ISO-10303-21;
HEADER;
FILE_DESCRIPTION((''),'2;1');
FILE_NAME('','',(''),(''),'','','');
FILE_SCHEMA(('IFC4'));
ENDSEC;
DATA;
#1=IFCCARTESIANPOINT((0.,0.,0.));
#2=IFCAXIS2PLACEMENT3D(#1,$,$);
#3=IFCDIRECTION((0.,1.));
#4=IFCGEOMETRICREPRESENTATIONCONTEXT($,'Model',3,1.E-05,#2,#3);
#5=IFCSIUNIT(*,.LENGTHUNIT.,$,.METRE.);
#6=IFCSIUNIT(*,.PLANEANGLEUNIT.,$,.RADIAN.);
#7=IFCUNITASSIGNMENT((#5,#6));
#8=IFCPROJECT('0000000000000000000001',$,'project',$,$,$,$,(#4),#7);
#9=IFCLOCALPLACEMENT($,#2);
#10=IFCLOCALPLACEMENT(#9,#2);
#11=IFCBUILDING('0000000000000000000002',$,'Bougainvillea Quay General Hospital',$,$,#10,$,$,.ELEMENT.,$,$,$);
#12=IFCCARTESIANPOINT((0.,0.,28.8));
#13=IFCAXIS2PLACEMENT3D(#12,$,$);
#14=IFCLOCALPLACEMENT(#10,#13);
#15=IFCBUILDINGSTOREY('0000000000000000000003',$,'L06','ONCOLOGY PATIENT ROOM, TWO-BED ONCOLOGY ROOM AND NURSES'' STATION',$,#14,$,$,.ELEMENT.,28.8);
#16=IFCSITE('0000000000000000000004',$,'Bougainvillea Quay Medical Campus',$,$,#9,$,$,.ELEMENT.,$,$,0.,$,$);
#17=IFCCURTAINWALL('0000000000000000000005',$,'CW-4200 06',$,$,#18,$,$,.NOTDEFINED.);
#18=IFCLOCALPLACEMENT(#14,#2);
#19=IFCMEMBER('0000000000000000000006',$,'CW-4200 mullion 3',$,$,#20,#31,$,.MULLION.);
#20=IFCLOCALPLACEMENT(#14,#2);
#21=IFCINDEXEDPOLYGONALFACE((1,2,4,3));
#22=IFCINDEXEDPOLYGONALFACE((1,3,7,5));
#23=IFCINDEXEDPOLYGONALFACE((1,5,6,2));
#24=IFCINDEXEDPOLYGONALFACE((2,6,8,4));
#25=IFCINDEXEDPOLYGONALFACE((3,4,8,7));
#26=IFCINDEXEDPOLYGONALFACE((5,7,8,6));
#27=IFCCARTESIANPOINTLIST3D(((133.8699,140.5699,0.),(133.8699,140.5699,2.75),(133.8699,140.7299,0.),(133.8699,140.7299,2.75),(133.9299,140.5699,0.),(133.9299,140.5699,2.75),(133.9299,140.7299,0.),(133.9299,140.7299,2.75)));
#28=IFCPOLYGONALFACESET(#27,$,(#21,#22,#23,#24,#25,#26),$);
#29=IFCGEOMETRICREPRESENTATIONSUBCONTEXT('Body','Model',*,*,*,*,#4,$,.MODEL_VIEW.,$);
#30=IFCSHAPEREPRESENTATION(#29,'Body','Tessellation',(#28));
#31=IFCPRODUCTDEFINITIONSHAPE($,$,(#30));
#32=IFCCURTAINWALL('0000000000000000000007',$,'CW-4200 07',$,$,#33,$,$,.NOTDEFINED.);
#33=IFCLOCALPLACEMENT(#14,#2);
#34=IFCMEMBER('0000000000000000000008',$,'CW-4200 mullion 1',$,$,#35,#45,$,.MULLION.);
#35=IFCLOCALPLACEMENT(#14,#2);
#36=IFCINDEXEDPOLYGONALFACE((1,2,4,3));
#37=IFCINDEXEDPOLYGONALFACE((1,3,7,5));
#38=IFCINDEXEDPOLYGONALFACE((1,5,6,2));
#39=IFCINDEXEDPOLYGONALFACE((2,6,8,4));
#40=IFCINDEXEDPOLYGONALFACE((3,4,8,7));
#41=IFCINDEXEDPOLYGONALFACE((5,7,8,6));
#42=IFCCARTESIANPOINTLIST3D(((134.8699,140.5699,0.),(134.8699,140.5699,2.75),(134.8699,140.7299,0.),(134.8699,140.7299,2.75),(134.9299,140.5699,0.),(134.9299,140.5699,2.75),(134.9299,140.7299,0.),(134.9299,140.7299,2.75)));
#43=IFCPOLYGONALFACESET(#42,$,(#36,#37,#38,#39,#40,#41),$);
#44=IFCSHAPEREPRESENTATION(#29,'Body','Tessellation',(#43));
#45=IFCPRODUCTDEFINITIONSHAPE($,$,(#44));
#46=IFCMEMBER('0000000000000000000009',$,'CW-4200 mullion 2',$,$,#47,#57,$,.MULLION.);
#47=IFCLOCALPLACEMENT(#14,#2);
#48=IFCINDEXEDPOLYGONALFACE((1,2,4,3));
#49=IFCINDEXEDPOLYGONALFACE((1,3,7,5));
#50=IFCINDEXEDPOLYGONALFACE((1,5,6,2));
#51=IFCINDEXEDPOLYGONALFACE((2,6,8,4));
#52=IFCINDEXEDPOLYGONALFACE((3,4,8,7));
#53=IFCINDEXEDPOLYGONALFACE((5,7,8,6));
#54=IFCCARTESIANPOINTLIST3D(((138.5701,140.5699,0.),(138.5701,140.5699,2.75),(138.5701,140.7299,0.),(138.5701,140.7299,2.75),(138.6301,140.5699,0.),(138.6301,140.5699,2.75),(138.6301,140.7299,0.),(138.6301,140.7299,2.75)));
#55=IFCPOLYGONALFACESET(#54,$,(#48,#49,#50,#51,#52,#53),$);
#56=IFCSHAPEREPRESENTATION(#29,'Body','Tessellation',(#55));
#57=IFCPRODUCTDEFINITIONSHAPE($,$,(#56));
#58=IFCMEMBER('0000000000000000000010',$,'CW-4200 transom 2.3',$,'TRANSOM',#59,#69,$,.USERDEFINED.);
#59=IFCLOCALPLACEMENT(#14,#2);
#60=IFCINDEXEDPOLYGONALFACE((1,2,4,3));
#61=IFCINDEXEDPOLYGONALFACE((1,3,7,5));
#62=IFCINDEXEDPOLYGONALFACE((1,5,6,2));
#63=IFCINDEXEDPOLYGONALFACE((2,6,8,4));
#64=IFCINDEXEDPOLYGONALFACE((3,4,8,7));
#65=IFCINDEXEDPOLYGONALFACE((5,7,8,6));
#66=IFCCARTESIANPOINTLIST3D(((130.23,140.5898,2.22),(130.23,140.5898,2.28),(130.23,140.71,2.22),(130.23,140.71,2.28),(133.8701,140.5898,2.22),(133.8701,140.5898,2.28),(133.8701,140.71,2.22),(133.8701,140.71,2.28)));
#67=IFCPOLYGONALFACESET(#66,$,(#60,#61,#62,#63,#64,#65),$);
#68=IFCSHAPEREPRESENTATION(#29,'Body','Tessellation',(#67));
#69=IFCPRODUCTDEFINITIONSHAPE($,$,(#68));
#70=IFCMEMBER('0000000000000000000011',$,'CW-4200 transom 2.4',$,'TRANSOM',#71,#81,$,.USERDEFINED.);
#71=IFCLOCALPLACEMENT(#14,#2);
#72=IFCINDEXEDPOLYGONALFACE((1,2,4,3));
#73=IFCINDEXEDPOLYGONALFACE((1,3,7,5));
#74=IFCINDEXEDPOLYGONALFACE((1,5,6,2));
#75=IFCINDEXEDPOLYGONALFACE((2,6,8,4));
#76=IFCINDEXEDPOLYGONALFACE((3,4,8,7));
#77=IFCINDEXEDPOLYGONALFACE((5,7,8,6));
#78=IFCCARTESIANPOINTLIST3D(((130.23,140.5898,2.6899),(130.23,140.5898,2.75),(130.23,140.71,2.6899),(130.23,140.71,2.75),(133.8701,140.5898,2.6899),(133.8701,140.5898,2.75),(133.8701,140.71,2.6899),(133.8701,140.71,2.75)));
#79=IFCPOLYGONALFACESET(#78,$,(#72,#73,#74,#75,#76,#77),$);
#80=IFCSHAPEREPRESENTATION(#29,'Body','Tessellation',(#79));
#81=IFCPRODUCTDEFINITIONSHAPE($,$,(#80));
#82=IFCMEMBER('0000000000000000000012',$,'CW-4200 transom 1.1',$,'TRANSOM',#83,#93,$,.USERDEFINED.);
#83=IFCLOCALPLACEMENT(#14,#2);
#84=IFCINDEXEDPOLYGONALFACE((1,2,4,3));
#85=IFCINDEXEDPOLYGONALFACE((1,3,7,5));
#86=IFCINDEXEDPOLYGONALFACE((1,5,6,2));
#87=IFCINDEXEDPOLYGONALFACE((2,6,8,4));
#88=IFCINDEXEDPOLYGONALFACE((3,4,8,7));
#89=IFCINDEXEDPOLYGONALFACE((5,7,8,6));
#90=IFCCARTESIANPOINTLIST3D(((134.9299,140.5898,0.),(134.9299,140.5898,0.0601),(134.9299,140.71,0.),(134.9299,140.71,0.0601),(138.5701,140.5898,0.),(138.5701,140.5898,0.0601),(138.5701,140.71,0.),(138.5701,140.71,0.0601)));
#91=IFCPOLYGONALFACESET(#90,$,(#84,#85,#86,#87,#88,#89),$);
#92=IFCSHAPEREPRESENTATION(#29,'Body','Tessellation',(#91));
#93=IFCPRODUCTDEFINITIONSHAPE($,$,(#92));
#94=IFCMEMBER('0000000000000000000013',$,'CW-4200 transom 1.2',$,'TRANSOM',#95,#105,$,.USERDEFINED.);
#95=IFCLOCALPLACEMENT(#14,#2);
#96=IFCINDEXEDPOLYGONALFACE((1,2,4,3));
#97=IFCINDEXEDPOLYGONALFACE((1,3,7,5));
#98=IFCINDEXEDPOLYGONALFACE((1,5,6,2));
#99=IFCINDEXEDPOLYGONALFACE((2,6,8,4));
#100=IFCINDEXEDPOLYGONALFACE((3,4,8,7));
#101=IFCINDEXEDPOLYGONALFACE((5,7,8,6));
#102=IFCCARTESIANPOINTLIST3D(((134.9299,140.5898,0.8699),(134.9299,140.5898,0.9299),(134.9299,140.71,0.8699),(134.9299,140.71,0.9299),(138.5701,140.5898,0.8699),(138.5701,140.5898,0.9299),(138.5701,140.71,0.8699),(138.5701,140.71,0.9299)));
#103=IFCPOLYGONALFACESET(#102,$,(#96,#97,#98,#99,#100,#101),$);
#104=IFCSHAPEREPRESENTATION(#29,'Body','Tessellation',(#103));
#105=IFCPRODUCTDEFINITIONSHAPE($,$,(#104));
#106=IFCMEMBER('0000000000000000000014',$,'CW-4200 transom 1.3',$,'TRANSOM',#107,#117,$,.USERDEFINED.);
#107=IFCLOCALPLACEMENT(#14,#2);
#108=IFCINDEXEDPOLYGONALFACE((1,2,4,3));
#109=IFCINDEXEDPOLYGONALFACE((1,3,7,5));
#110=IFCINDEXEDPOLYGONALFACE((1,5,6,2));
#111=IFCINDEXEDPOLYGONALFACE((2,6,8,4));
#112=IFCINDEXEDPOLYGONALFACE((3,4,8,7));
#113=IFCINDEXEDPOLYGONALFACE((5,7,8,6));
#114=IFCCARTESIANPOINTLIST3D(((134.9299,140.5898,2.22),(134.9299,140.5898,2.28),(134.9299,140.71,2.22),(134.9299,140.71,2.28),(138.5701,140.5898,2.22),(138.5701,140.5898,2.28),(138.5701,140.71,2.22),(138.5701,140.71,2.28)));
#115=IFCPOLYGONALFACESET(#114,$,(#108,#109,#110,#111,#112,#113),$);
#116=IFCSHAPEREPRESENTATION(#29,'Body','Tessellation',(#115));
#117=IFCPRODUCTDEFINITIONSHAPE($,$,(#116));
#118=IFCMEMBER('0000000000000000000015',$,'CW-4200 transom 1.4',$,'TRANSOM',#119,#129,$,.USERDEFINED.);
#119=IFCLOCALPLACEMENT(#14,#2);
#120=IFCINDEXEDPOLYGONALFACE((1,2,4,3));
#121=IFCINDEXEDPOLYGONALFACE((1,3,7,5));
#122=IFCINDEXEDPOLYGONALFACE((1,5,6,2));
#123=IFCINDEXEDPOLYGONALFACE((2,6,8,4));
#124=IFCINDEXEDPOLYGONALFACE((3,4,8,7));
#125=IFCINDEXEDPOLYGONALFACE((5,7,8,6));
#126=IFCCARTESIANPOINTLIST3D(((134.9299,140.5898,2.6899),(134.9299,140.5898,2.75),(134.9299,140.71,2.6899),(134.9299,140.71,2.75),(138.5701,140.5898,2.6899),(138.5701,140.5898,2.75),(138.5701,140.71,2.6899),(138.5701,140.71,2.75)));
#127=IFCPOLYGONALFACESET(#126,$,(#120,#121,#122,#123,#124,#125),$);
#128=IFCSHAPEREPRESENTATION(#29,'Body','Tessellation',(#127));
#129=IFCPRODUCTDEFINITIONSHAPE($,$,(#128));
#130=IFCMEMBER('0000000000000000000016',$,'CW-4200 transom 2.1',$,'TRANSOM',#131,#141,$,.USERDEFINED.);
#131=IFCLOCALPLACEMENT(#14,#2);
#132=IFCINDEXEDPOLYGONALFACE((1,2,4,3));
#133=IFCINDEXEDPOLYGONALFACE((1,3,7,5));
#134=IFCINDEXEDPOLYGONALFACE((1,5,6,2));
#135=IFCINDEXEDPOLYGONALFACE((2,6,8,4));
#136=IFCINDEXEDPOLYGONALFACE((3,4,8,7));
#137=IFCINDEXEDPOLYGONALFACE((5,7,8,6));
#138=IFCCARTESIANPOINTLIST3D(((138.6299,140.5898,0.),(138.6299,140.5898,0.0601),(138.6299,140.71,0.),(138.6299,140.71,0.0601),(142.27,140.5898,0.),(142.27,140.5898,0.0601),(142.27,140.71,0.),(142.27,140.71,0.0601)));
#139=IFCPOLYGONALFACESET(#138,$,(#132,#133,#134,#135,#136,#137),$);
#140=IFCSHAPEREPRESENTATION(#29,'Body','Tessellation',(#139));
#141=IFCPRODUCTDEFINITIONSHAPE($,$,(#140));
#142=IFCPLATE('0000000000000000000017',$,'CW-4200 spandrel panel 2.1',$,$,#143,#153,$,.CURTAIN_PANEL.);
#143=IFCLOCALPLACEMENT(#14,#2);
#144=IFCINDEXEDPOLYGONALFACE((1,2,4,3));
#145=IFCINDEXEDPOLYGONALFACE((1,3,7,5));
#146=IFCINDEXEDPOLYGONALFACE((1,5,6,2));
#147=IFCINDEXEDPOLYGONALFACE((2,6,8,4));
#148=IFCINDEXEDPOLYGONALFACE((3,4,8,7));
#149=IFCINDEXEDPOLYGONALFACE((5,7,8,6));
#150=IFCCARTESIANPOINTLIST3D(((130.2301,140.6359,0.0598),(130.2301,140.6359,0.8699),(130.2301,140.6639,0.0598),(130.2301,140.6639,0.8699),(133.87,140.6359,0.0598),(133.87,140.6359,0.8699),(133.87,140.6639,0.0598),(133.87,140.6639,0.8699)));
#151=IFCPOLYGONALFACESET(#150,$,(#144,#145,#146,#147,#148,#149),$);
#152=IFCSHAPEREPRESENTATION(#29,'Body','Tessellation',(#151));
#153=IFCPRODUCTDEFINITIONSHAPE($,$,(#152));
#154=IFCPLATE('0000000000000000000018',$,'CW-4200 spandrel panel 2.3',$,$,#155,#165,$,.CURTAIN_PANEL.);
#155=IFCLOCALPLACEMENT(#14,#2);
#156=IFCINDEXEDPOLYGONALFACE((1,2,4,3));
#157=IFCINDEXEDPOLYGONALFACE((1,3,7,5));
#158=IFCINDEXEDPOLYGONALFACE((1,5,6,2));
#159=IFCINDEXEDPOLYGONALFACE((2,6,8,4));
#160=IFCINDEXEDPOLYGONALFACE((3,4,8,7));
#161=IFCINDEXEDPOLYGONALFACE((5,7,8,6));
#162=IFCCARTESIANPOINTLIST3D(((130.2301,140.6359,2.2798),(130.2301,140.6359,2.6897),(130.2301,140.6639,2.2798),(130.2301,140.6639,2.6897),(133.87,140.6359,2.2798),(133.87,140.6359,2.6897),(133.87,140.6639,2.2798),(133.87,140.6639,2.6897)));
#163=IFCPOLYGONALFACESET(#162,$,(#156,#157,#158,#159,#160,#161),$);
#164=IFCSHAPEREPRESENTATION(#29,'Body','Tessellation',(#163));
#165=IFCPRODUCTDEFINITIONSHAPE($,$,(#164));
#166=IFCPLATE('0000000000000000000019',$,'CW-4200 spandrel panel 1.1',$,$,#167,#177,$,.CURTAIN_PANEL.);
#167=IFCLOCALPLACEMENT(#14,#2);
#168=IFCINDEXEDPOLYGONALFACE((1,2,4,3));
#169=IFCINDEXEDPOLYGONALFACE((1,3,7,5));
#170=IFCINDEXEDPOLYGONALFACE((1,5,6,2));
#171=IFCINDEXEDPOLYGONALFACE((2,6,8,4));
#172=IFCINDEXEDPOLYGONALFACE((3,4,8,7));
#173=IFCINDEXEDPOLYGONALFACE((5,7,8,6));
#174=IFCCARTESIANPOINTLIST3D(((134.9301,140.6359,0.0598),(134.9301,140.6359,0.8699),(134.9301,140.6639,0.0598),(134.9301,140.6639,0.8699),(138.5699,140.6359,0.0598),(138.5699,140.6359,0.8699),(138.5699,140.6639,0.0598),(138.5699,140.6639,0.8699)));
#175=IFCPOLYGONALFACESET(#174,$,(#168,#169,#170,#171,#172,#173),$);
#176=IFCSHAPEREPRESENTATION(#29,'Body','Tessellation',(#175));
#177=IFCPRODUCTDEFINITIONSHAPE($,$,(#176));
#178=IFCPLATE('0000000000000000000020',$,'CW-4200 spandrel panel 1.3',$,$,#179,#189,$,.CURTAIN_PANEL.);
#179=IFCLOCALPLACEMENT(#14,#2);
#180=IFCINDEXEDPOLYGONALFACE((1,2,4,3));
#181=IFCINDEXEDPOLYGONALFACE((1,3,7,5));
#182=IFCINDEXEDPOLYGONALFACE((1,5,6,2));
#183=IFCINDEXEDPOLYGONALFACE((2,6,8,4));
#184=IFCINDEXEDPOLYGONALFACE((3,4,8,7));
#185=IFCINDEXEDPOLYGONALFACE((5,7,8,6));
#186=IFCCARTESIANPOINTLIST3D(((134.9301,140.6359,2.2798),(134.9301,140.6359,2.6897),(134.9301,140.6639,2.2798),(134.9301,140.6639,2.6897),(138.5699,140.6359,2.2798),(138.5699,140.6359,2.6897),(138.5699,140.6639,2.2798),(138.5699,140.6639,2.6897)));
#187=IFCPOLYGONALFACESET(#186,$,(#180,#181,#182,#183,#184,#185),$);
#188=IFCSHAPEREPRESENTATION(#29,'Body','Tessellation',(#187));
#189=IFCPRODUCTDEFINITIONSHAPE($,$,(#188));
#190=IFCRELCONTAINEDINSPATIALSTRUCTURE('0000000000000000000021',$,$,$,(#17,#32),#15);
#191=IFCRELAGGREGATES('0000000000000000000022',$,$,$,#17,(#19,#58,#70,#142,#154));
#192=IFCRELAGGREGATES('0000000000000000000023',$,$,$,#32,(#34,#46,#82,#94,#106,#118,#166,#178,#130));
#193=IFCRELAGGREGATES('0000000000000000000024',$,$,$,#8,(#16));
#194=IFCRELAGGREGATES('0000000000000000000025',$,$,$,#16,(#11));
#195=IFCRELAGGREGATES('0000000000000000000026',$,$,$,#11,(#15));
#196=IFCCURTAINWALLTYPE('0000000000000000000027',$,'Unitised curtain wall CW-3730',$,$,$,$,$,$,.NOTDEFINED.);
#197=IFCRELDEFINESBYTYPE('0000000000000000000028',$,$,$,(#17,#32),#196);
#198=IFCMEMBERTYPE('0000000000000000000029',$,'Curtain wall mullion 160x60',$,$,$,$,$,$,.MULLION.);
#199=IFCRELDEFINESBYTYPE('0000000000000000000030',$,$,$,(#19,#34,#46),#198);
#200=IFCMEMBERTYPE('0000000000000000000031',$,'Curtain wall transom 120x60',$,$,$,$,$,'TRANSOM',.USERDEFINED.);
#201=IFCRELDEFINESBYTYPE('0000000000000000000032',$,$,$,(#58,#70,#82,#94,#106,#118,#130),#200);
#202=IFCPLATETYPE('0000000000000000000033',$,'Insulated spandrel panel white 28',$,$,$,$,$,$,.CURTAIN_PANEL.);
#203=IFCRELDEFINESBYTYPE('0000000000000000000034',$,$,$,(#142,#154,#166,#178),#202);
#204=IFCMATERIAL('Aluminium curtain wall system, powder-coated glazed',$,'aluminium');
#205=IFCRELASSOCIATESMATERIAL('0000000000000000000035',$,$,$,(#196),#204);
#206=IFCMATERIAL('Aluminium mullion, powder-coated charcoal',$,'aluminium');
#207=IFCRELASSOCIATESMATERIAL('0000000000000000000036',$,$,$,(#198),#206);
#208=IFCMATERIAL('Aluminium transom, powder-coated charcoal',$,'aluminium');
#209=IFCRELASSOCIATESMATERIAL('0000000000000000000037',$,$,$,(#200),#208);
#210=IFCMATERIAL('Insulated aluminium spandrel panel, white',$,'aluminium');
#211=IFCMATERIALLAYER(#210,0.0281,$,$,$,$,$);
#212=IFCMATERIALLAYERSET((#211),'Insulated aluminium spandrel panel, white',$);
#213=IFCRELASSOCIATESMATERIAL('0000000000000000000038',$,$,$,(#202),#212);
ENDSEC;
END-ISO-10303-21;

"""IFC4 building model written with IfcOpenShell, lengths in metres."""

from ifc_helpers import new_model, si_unit, direction, frame, origin, origin_2d, place, context, subcontext, project, spatial, rectangle, extrude, material, layer, layer_set, material_profile, profile_set, type_object, element, aggregate, save


model = new_model("IFC4")

# Units and contexts
model_context = context("Model", 3, precision=1e-05, world=origin(), true_north=direction((0.0, 1.0)))
body_context = subcontext(model_context, "Body", "Model", "MODEL_VIEW")
ifc_project = project(units=[si_unit("LENGTHUNIT", "METRE"), si_unit("PLANEANGLEUNIT", "RADIAN")], contexts=[model_context])

# Site, building, storey
site_placement = place(None, origin())
site = spatial("IfcSite", under=ifc_project, at=site_placement, Name="Bougainvillea Quay Medical Campus", CompositionType="ELEMENT", RefElevation=0.0)
building_placement = place(site_placement, origin())
building = spatial("IfcBuilding", under=site, at=building_placement, Name="Bougainvillea Quay General Hospital", CompositionType="ELEMENT")
storey_placement = place(building_placement, frame((0.0, 0.0, 28.8)))
storey = spatial("IfcBuildingStorey", under=building, at=storey_placement, Name="L06", Description="ONCOLOGY PATIENT ROOM, TWO-BED ONCOLOGY ROOM AND NURSES' STATION", CompositionType="ELEMENT", Elevation=28.8)

# Curtain wall, member
ifc_material_1 = material(Name="Aluminium curtain wall system, powder-coated glazed", Category="aluminium")
curtain_wall_type = type_object("IfcCurtainWallType", Name="Unitised curtain wall CW-3730", PredefinedType="NOTDEFINED", material=ifc_material_1)
curtain_wall_1_placement = place(storey_placement, origin())
curtain_wall_1 = element("IfcCurtainWall", 1, at=curtain_wall_1_placement, inside=storey, type_object=curtain_wall_type, Name="CW-4200 06", PredefinedType="NOTDEFINED")
ifc_material_2 = material(Name="Aluminium mullion, powder-coated charcoal", Category="aluminium")
ifc_material_profile_1 = material_profile(ifc_material_2, rectangle(XDim=0.1599, YDim=0.0601, at=origin_2d()))
ifc_profile_set_1 = profile_set([ifc_material_profile_1], Name="Aluminium mullion, powder-coated charcoal")
member_type_1 = type_object("IfcMemberType", Name="Curtain wall mullion 160x60", PredefinedType="MULLION", material=ifc_profile_set_1)
member_1_placement = place(storey_placement, frame((133.8999, 140.6499, 0.0), z_axis=(0.0, 0.0, 1.0), x_axis=(0.0, 1.0, 0.0)))
member_1 = element("IfcMember", 2, at=member_1_placement, type_object=member_type_1, Name="CW-4200 mullion 3", PredefinedType="MULLION", context=body_context, shape_type="SweptSolid", body=[
    extrude(rectangle(XDim=0.1599, YDim=0.0601, at=origin_2d()), origin(), (0.0, 0.0, 1.0), 2.75),
])

# Curtain wall, members
curtain_wall_2_placement = place(storey_placement, origin())
curtain_wall_2 = element("IfcCurtainWall", 3, at=curtain_wall_2_placement, inside=storey, type_object=curtain_wall_type, Name="CW-4200 07", PredefinedType="NOTDEFINED")
member_2_placement = place(storey_placement, frame((134.8999, 140.6499, 0.0), z_axis=(0.0, 0.0, 1.0), x_axis=(0.0, 1.0, 0.0)))
member_2 = element("IfcMember", 4, at=member_2_placement, type_object=member_type_1, Name="CW-4200 mullion 1", PredefinedType="MULLION", context=body_context, shape_type="SweptSolid", body=[
    extrude(rectangle(XDim=0.1599, YDim=0.0601, at=origin_2d()), origin(), (0.0, 0.0, 1.0), 2.75),
])
member_3_placement = place(storey_placement, frame((138.6001, 140.6499, 0.0), z_axis=(0.0, 0.0, 1.0), x_axis=(0.0, 1.0, 0.0)))
member_3 = element("IfcMember", 5, at=member_3_placement, type_object=member_type_1, Name="CW-4200 mullion 2", PredefinedType="MULLION", context=body_context, shape_type="SweptSolid", body=[
    extrude(rectangle(XDim=0.1599, YDim=0.0601, at=origin_2d()), origin(), (0.0, 0.0, 1.0), 2.75),
])

# Members
ifc_material_3 = material(Name="Aluminium transom, powder-coated charcoal", Category="aluminium")
ifc_material_profile_2 = material_profile(ifc_material_3, rectangle(XDim=0.1201, YDim=0.0601, at=origin_2d()))
ifc_profile_set_2 = profile_set([ifc_material_profile_2], Name="Aluminium transom, powder-coated charcoal")
member_type_2 = type_object("IfcMemberType", Name="Curtain wall transom 120x60", ElementType="TRANSOM", PredefinedType="USERDEFINED", material=ifc_profile_set_2)
member_4_placement = place(storey_placement, frame((130.23, 140.6499, 2.25), z_axis=(1.0, 0.0, 0.0), x_axis=(0.0, 1.0, 0.0)))
member_4 = element("IfcMember", 6, at=member_4_placement, type_object=member_type_2, Name="CW-4200 transom 2.3", ObjectType="TRANSOM", PredefinedType="USERDEFINED", context=body_context, shape_type="SweptSolid", body=[
    extrude(rectangle(XDim=0.1201, YDim=0.0601, at=origin_2d()), origin(), (0.0, 0.0, 1.0), 3.6401),
])
member_5_placement = place(storey_placement, frame((130.23, 140.6499, 2.72), z_axis=(1.0, 0.0, 0.0), x_axis=(0.0, 1.0, 0.0)))
member_5 = element("IfcMember", 7, at=member_5_placement, type_object=member_type_2, Name="CW-4200 transom 2.4", ObjectType="TRANSOM", PredefinedType="USERDEFINED", context=body_context, shape_type="SweptSolid", body=[
    extrude(rectangle(XDim=0.1201, YDim=0.0601, at=origin_2d()), origin(), (0.0, 0.0, 1.0), 3.6401),
])
member_6_placement = place(storey_placement, frame((134.9299, 140.6499, 0.03), z_axis=(1.0, 0.0, 0.0), x_axis=(0.0, 1.0, 0.0)))
member_6 = element("IfcMember", 8, at=member_6_placement, type_object=member_type_2, Name="CW-4200 transom 1.1", ObjectType="TRANSOM", PredefinedType="USERDEFINED", context=body_context, shape_type="SweptSolid", body=[
    extrude(rectangle(XDim=0.1201, YDim=0.0601, at=origin_2d()), origin(), (0.0, 0.0, 1.0), 3.6401),
])
member_7_placement = place(storey_placement, frame((134.9299, 140.6499, 0.8999), z_axis=(1.0, 0.0, 0.0), x_axis=(0.0, 1.0, 0.0)))
member_7 = element("IfcMember", 9, at=member_7_placement, type_object=member_type_2, Name="CW-4200 transom 1.2", ObjectType="TRANSOM", PredefinedType="USERDEFINED", context=body_context, shape_type="SweptSolid", body=[
    extrude(rectangle(XDim=0.1201, YDim=0.0601, at=origin_2d()), origin(), (0.0, 0.0, 1.0), 3.6401),
])
member_8_placement = place(storey_placement, frame((134.9299, 140.6499, 2.25), z_axis=(1.0, 0.0, 0.0), x_axis=(0.0, 1.0, 0.0)))
member_8 = element("IfcMember", 10, at=member_8_placement, type_object=member_type_2, Name="CW-4200 transom 1.3", ObjectType="TRANSOM", PredefinedType="USERDEFINED", context=body_context, shape_type="SweptSolid", body=[
    extrude(rectangle(XDim=0.1201, YDim=0.0601, at=origin_2d()), origin(), (0.0, 0.0, 1.0), 3.6401),
])
member_9_placement = place(storey_placement, frame((134.9299, 140.6499, 2.72), z_axis=(1.0, 0.0, 0.0), x_axis=(0.0, 1.0, 0.0)))
member_9 = element("IfcMember", 11, at=member_9_placement, type_object=member_type_2, Name="CW-4200 transom 1.4", ObjectType="TRANSOM", PredefinedType="USERDEFINED", context=body_context, shape_type="SweptSolid", body=[
    extrude(rectangle(XDim=0.1201, YDim=0.0601, at=origin_2d()), origin(), (0.0, 0.0, 1.0), 3.6401),
])
member_10_placement = place(storey_placement, frame((138.6299, 140.6499, 0.03), z_axis=(1.0, 0.0, 0.0), x_axis=(0.0, 1.0, 0.0)))
member_10 = element("IfcMember", 12, at=member_10_placement, type_object=member_type_2, Name="CW-4200 transom 2.1", ObjectType="TRANSOM", PredefinedType="USERDEFINED", context=body_context, shape_type="SweptSolid", body=[
    extrude(rectangle(XDim=0.1201, YDim=0.0601, at=origin_2d()), origin(), (0.0, 0.0, 1.0), 3.6401),
])

# Plates
ifc_material_4 = material(Name="Insulated aluminium spandrel panel, white", Category="aluminium")
ifc_layer_1 = layer(ifc_material_4, 0.0281)
ifc_layer_set_1 = layer_set([ifc_layer_1], Name="Insulated aluminium spandrel panel, white")
plate_type_1 = type_object("IfcPlateType", Name="Insulated spandrel panel white 28", PredefinedType="CURTAIN_PANEL", material=ifc_layer_set_1)
plate_1_placement = place(storey_placement, frame((132.05, 140.6499, 0.0598), z_axis=(0.0, 0.0, 1.0), x_axis=(1.0, 0.0, 0.0)))
plate_1 = element("IfcPlate", 13, at=plate_1_placement, type_object=plate_type_1, Name="CW-4200 spandrel panel 2.1", PredefinedType="CURTAIN_PANEL", context=body_context, shape_type="SweptSolid", body=[
    extrude(rectangle(XDim=3.6399, YDim=0.0281, at=origin_2d()), origin(), (0.0, 0.0, 1.0), 0.8101),
])
plate_2_placement = place(storey_placement, frame((132.05, 140.6499, 2.2798), z_axis=(0.0, 0.0, 1.0), x_axis=(1.0, 0.0, 0.0)))
plate_2 = element("IfcPlate", 14, at=plate_2_placement, type_object=plate_type_1, Name="CW-4200 spandrel panel 2.3", PredefinedType="CURTAIN_PANEL", context=body_context, shape_type="SweptSolid", body=[
    extrude(rectangle(XDim=3.6399, YDim=0.0281, at=origin_2d()), origin(), (0.0, 0.0, 1.0), 0.4099),
])
plate_3_placement = place(storey_placement, frame((136.75, 140.6499, 0.0598), z_axis=(0.0, 0.0, 1.0), x_axis=(1.0, 0.0, 0.0)))
plate_3 = element("IfcPlate", 15, at=plate_3_placement, type_object=plate_type_1, Name="CW-4200 spandrel panel 1.1", PredefinedType="CURTAIN_PANEL", context=body_context, shape_type="SweptSolid", body=[
    extrude(rectangle(XDim=3.6399, YDim=0.0281, at=origin_2d()), origin(), (0.0, 0.0, 1.0), 0.8101),
])
plate_4_placement = place(storey_placement, frame((136.75, 140.6499, 2.2798), z_axis=(0.0, 0.0, 1.0), x_axis=(1.0, 0.0, 0.0)))
plate_4 = element("IfcPlate", 16, at=plate_4_placement, type_object=plate_type_1, Name="CW-4200 spandrel panel 1.3", PredefinedType="CURTAIN_PANEL", context=body_context, shape_type="SweptSolid", body=[
    extrude(rectangle(XDim=3.6399, YDim=0.0281, at=origin_2d()), origin(), (0.0, 0.0, 1.0), 0.4099),
])
aggregate(curtain_wall_1, [member_1, member_4, member_5, plate_1, plate_2])
aggregate(curtain_wall_2, [member_2, member_3, member_6, member_7, member_8, member_9, plate_3, plate_4, member_10])

save(model, "model.ifc")
